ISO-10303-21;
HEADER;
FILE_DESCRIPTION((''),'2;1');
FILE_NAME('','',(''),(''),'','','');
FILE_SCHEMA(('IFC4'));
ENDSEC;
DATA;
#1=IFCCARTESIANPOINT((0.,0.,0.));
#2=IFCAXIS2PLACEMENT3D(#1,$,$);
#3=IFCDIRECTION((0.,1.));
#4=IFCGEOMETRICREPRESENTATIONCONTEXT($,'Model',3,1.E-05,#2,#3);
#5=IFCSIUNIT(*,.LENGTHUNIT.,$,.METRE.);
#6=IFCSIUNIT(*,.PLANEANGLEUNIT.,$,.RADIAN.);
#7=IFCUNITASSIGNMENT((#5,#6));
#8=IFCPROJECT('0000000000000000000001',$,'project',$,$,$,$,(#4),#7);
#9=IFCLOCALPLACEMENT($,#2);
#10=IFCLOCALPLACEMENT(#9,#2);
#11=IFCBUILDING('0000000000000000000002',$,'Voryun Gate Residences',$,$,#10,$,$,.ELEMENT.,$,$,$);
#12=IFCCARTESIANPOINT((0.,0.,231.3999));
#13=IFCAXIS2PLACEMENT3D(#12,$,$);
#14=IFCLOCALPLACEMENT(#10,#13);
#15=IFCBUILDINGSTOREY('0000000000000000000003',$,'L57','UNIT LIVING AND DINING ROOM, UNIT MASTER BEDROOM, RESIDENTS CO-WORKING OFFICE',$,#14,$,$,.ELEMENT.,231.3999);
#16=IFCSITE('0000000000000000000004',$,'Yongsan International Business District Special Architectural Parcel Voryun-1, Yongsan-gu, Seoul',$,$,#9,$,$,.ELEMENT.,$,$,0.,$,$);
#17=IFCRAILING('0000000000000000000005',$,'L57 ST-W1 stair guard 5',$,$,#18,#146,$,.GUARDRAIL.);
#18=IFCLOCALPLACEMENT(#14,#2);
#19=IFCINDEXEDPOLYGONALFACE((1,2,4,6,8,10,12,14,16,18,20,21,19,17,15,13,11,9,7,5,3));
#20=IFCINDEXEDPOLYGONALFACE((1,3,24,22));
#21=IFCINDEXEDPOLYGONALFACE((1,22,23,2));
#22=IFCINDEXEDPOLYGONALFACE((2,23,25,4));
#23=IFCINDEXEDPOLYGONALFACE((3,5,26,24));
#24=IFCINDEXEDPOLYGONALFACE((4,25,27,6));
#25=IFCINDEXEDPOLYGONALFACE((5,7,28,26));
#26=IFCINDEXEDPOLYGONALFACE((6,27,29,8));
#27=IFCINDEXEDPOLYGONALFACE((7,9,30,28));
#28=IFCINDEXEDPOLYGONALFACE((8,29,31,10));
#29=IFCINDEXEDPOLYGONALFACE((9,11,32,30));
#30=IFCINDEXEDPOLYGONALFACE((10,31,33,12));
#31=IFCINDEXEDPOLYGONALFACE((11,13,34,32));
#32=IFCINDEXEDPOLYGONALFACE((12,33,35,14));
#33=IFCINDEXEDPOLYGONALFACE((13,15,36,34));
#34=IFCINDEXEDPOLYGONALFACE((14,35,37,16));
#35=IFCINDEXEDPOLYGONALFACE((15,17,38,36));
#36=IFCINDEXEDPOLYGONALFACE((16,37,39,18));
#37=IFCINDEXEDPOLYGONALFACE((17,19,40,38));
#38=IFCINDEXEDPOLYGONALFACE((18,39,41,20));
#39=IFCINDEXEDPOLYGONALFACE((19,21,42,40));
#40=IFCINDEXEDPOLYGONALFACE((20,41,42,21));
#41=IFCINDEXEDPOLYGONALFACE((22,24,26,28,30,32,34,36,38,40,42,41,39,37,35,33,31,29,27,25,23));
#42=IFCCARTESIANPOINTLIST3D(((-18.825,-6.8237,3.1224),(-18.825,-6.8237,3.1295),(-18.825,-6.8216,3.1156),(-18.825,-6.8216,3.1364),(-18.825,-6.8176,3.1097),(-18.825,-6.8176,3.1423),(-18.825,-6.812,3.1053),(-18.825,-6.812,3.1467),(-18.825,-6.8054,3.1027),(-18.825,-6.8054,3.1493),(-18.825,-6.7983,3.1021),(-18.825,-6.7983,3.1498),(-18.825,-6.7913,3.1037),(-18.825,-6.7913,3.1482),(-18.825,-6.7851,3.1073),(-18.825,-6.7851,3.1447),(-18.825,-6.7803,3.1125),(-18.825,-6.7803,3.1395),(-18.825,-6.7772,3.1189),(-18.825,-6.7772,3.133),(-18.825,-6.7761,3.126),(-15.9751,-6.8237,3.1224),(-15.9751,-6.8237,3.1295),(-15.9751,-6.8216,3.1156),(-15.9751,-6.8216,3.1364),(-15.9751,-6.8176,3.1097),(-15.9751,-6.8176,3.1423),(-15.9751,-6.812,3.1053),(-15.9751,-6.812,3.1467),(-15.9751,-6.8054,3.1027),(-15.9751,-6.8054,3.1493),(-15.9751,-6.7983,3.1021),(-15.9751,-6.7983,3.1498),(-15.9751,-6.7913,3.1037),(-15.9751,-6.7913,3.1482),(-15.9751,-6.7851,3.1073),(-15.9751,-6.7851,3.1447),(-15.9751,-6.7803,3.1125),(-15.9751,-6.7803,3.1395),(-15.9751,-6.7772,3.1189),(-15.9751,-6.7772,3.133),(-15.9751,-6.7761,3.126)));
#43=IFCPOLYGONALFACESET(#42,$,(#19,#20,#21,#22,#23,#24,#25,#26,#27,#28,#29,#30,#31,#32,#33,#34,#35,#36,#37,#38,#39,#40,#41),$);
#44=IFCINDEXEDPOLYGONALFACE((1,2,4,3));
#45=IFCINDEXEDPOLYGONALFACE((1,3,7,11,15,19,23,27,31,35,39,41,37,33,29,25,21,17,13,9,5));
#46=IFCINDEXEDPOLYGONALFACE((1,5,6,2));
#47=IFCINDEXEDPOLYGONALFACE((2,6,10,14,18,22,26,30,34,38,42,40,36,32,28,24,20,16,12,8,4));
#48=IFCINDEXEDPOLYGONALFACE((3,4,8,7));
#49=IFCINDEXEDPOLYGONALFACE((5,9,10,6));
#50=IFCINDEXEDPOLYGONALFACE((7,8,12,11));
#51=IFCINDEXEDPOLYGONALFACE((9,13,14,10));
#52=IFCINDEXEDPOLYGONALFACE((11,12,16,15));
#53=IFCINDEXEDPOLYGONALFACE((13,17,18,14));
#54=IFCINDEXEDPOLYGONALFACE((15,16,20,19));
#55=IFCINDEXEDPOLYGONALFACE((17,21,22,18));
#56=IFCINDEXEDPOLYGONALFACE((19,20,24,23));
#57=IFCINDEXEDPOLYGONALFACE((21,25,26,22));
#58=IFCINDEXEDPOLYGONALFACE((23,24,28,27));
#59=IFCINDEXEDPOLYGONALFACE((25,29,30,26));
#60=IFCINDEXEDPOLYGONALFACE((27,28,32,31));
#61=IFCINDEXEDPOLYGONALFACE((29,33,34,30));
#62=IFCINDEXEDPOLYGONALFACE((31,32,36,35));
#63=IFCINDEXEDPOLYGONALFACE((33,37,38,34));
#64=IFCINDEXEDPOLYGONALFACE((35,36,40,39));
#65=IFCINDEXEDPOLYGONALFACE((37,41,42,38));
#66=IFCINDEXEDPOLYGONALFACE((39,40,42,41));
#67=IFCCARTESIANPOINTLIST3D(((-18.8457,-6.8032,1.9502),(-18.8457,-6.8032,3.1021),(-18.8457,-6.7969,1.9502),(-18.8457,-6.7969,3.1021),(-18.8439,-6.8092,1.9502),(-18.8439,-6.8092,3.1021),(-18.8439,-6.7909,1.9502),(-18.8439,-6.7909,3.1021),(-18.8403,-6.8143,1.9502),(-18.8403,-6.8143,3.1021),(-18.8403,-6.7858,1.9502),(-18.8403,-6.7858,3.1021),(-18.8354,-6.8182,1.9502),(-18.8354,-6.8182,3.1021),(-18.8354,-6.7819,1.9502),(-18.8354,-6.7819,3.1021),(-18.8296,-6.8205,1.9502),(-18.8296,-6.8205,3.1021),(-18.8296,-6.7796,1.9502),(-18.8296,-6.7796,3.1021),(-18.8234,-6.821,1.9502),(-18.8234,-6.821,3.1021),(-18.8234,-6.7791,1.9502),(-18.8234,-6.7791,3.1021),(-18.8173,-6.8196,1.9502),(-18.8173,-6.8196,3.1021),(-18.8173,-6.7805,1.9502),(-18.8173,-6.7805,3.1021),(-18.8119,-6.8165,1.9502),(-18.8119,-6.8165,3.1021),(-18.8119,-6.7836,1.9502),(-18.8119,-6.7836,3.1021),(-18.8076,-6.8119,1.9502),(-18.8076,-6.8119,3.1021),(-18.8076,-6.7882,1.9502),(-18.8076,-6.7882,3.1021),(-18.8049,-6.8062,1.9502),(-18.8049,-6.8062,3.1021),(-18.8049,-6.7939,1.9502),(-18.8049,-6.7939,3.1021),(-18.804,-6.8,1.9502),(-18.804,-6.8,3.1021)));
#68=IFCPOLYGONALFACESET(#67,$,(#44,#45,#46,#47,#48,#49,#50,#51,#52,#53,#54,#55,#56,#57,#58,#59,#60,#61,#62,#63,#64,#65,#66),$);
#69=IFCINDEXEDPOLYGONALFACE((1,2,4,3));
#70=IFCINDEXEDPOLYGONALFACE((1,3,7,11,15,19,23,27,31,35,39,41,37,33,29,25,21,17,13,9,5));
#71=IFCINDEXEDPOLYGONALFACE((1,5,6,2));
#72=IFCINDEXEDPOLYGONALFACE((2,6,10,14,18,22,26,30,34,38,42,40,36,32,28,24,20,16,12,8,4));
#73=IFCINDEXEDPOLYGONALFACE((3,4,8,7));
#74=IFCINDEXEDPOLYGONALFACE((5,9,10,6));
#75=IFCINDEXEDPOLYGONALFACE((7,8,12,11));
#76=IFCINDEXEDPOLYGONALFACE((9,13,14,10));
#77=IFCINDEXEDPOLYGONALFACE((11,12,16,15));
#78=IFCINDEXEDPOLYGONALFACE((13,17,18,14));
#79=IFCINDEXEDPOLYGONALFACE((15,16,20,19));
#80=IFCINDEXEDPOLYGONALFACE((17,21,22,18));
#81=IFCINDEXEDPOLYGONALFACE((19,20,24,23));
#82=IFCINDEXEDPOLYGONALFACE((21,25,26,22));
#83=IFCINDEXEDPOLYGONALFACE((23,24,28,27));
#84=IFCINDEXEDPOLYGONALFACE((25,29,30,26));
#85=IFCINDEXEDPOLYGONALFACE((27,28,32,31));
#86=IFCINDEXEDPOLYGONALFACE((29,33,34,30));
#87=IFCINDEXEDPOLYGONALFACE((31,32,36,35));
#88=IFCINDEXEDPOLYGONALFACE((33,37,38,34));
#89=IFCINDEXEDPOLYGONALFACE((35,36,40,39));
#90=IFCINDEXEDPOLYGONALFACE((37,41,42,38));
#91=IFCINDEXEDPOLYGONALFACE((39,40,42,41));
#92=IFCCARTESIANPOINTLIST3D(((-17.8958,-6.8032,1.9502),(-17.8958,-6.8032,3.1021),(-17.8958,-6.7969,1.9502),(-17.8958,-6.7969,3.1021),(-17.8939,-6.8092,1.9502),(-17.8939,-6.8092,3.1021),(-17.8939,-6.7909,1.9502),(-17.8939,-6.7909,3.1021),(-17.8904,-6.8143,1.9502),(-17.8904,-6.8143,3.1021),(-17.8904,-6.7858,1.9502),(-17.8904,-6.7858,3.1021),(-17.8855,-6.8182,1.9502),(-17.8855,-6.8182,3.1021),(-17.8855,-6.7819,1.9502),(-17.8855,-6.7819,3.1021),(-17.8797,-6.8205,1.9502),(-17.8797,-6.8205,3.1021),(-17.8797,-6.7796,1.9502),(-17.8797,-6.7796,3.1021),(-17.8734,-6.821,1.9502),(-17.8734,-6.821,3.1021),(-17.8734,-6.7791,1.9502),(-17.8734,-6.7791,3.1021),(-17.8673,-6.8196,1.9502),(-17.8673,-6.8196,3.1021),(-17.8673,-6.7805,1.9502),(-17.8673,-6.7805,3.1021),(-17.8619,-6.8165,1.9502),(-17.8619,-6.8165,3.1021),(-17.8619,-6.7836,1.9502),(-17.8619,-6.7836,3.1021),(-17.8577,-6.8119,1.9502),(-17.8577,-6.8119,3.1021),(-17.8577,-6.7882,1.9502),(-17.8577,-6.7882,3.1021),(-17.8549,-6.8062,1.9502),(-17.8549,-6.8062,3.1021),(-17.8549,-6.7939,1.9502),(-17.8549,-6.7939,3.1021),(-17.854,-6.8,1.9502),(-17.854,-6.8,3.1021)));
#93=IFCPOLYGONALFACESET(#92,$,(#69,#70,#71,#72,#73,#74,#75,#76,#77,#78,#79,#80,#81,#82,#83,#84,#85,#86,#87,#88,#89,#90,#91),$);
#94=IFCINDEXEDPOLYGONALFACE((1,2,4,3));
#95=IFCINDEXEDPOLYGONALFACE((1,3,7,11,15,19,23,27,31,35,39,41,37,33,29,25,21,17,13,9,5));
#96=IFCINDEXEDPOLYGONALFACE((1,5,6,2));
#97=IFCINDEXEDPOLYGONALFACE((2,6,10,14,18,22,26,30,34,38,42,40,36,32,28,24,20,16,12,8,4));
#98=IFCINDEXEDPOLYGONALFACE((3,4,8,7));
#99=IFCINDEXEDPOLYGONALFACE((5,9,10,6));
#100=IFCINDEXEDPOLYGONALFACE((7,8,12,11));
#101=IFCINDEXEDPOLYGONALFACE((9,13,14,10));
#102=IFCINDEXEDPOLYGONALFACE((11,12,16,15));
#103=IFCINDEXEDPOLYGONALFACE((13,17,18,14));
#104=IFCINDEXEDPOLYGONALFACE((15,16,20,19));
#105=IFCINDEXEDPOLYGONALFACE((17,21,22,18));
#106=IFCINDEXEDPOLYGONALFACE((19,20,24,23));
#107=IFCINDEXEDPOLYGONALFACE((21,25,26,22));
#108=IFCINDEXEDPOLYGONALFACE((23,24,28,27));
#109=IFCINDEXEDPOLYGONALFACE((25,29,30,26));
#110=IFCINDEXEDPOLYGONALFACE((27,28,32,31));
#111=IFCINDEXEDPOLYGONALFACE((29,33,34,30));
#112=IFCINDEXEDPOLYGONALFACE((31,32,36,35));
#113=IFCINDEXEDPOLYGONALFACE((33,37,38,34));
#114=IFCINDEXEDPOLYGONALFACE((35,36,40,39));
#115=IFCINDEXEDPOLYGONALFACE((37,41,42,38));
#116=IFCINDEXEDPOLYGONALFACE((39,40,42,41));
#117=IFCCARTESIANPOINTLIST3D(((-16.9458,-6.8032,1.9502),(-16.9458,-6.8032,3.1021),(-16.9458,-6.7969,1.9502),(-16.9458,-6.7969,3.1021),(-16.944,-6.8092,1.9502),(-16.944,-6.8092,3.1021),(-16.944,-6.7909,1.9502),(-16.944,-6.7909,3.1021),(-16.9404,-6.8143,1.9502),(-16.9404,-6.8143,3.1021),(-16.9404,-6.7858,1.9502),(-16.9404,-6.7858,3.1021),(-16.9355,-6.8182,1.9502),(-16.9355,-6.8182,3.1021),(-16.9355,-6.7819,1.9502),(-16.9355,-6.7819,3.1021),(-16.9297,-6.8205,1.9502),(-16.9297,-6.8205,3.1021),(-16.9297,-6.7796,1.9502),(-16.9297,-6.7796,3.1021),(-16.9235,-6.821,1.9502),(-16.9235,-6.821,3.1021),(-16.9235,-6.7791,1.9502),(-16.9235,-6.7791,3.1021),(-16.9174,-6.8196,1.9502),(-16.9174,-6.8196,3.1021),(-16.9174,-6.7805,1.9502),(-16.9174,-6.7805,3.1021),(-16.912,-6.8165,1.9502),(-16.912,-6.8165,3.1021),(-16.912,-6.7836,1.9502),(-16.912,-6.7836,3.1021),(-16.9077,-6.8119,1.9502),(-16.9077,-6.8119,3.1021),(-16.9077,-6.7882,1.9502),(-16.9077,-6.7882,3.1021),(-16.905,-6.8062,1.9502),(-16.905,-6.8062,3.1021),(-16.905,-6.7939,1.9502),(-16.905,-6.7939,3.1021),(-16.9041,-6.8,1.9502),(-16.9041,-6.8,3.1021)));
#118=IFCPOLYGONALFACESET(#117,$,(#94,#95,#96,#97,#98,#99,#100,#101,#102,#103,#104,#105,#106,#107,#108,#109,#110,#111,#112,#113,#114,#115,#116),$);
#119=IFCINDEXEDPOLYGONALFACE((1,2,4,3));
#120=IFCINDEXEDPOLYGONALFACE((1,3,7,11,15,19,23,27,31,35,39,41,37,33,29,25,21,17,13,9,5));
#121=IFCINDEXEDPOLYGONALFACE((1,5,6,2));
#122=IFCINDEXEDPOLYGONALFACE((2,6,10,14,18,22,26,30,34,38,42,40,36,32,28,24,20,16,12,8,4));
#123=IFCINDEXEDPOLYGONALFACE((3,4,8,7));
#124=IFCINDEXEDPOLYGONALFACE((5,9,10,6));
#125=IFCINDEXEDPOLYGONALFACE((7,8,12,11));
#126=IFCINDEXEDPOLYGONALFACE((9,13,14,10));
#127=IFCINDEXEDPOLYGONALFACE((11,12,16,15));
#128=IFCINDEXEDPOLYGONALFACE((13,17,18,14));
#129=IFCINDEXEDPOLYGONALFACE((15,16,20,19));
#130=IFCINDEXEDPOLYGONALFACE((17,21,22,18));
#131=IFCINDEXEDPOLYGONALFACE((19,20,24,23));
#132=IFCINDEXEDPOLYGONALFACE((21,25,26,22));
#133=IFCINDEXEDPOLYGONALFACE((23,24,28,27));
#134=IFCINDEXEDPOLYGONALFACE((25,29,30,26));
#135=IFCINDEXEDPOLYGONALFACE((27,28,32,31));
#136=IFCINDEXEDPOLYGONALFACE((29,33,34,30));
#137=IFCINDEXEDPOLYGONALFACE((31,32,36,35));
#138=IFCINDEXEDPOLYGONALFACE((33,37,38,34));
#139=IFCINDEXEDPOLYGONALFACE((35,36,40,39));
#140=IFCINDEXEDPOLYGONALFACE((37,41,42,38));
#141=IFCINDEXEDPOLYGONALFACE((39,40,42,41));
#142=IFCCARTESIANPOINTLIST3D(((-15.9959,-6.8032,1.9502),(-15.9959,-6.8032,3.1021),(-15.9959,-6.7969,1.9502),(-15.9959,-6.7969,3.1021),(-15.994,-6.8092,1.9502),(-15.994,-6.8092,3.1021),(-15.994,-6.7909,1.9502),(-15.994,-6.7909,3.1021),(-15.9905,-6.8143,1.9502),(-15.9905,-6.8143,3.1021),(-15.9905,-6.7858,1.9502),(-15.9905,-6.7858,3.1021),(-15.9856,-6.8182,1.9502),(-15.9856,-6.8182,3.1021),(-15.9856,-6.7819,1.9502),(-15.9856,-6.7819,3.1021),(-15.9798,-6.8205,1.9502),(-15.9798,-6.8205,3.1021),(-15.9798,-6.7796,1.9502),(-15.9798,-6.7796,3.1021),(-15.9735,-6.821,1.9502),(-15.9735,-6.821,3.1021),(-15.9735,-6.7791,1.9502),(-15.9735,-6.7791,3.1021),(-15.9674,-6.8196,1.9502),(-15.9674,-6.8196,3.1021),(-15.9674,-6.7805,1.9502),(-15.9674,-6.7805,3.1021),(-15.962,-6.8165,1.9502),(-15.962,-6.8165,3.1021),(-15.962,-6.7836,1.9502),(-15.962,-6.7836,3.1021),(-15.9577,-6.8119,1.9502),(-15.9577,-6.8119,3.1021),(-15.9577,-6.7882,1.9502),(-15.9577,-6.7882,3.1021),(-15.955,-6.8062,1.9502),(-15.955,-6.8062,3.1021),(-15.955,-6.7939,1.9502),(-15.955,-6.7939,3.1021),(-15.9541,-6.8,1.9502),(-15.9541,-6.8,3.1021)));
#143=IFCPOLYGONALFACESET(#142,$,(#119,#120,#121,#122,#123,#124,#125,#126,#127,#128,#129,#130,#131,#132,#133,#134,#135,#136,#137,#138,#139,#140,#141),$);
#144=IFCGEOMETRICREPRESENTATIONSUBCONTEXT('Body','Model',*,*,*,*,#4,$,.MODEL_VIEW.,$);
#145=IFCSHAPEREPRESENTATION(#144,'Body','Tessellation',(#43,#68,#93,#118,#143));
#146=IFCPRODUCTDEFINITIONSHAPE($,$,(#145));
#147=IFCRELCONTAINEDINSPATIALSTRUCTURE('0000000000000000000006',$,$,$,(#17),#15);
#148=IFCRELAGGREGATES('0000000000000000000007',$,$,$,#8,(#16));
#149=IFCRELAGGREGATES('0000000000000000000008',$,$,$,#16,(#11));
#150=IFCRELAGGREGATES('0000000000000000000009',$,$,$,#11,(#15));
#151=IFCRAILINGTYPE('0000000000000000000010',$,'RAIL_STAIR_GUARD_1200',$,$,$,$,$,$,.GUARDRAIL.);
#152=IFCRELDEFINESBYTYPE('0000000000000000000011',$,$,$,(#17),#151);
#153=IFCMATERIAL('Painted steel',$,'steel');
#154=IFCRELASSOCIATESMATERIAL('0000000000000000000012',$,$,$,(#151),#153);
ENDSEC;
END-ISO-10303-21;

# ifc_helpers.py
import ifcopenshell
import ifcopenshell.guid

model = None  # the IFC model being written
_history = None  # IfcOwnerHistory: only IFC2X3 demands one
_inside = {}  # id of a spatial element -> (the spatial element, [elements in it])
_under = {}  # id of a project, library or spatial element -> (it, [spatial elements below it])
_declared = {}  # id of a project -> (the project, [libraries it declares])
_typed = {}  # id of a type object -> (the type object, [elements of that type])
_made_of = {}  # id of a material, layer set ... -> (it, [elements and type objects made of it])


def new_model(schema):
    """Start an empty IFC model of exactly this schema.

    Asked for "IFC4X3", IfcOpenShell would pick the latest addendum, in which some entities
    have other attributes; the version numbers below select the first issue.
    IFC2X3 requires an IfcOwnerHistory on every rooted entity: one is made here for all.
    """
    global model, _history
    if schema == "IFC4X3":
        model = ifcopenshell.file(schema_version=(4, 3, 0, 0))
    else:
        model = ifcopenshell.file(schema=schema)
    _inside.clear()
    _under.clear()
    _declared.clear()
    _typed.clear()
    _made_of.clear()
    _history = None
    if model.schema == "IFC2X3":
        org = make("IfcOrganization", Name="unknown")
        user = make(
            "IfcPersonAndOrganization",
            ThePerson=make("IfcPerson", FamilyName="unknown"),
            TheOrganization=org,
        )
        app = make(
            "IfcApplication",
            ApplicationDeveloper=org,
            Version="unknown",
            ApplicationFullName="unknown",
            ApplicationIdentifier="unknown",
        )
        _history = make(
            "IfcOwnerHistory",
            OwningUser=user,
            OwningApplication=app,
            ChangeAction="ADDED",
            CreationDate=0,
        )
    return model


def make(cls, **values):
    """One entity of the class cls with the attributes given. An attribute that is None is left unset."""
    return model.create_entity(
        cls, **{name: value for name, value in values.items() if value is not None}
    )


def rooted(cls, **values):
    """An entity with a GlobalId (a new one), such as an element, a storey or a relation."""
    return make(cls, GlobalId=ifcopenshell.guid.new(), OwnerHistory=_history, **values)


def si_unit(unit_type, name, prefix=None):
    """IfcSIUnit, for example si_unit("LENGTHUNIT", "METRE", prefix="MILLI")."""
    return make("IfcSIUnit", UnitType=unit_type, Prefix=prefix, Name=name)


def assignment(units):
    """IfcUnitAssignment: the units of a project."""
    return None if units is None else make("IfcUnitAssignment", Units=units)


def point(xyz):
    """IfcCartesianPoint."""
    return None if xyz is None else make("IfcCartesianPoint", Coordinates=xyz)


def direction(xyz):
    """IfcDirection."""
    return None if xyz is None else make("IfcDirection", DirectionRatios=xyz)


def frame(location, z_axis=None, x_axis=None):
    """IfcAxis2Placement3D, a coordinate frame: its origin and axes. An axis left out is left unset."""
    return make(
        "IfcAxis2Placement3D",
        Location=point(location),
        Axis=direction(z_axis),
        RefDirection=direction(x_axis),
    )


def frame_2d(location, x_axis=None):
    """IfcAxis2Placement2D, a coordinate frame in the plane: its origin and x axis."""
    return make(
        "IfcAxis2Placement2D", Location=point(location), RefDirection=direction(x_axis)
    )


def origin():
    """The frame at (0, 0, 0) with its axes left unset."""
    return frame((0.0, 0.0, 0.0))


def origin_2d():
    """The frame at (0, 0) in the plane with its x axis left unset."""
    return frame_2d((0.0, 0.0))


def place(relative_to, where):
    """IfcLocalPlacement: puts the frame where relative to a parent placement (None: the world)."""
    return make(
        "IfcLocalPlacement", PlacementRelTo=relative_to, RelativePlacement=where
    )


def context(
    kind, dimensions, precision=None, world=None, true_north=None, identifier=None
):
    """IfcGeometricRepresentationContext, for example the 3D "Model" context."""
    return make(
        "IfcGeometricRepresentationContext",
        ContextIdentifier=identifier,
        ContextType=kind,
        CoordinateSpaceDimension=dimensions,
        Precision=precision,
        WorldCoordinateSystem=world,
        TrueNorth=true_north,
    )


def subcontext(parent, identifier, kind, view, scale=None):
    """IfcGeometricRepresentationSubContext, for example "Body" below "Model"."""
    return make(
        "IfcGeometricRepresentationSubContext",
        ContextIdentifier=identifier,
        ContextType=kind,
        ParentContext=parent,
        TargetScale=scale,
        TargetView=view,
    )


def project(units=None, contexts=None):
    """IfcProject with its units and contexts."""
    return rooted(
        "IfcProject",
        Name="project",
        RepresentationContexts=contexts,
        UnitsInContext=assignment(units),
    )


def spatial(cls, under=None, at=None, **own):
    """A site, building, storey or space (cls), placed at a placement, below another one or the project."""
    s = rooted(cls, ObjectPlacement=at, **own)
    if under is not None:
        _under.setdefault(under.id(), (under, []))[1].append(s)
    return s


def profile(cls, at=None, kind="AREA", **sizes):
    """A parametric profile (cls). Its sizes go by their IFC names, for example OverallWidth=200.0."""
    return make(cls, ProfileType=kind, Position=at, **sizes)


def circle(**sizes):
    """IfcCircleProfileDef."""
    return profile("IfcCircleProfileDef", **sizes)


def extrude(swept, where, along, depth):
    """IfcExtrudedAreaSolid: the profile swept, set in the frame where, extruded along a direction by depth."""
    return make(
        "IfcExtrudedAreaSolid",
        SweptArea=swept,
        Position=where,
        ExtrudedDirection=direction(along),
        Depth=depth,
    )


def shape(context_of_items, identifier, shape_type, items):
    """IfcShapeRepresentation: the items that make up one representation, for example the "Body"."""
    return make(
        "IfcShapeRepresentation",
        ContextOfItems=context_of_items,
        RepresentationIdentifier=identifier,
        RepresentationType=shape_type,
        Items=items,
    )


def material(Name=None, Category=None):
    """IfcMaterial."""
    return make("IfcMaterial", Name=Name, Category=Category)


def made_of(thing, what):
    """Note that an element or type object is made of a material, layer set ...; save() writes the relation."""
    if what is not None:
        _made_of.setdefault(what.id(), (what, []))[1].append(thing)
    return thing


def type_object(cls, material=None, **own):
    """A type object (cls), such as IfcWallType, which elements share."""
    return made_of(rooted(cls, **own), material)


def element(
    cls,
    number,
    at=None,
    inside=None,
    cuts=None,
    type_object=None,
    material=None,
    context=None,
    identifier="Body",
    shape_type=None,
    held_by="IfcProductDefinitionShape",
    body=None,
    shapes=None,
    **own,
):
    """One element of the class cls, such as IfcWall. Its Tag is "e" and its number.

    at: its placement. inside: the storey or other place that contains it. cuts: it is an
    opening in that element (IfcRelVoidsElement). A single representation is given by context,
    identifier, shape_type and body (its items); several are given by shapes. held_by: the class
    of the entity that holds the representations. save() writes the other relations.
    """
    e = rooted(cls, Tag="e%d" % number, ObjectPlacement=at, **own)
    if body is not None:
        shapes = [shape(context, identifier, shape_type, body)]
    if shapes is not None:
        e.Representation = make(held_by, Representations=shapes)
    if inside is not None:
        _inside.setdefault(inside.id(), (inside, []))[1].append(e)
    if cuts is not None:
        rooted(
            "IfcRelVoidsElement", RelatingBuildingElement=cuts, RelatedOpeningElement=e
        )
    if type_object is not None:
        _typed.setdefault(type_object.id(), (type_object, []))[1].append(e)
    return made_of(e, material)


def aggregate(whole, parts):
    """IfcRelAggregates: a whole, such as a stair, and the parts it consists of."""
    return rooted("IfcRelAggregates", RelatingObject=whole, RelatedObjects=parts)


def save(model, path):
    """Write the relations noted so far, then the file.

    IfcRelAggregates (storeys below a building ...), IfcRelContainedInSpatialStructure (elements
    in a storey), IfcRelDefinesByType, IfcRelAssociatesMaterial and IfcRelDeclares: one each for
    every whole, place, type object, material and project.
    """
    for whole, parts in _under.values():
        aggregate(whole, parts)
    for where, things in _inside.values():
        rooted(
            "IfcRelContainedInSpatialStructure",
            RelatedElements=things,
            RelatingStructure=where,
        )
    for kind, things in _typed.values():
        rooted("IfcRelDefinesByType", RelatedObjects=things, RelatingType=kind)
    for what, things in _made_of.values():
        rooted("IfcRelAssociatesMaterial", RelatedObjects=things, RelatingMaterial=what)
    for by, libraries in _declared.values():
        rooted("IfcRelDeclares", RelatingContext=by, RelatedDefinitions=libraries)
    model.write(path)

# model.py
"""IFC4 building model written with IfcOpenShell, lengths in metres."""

from ifc_helpers import new_model, si_unit, direction, frame, origin, origin_2d, place, context, subcontext, project, spatial, circle, extrude, material, type_object, element, save


model = new_model("IFC4")

# Units and contexts
model_context = context("Model", 3, precision=1e-05, world=origin(), true_north=direction((0.0, 1.0)))
body_context = subcontext(model_context, "Body", "Model", "MODEL_VIEW")
ifc_project = project(units=[si_unit("LENGTHUNIT", "METRE"), si_unit("PLANEANGLEUNIT", "RADIAN")], contexts=[model_context])

# Site, building, storey
site_placement = place(None, origin())
site = spatial("IfcSite", under=ifc_project, at=site_placement, Name="Yongsan International Business District Special Architectural Parcel Voryun-1, Yongsan-gu, Seoul", CompositionType="ELEMENT", RefElevation=0.0)
building_placement = place(site_placement, origin())
building = spatial("IfcBuilding", under=site, at=building_placement, Name="Voryun Gate Residences", CompositionType="ELEMENT")
storey_placement = place(building_placement, frame((0.0, 0.0, 231.3999)))
storey = spatial("IfcBuildingStorey", under=building, at=storey_placement, Name="L57", Description="UNIT LIVING AND DINING ROOM, UNIT MASTER BEDROOM, RESIDENTS CO-WORKING OFFICE", CompositionType="ELEMENT", Elevation=231.3999)

# Railing
ifc_material_1 = material(Name="Painted steel", Category="steel")
railing_type_1 = type_object("IfcRailingType", Name="RAIL_STAIR_GUARD_1200", PredefinedType="GUARDRAIL", material=ifc_material_1)
railing_1_placement = place(storey_placement, frame((-18.825, -6.8, 1.9502)))
element("IfcRailing", 1, at=railing_1_placement, inside=storey, type_object=railing_type_1, Name="L57 ST-W1 stair guard 5", PredefinedType="GUARDRAIL", context=body_context, shape_type="SweptSolid", body=[
    extrude(circle(Radius=0.0239, at=origin_2d()), frame((0.0, 0.0, 1.1758), z_axis=(1.0, 0.0, 0.0), x_axis=(0.0, 1.0, 0.0)), (0.0, 0.0, 1.0), 2.8499),
    extrude(circle(Radius=0.021, at=origin_2d()), origin(), (0.0, 0.0, 1.0), 1.1519),
    extrude(circle(Radius=0.021, at=origin_2d()), frame((0.95, 0.0, 0.0)), (0.0, 0.0, 1.0), 1.1519),
    extrude(circle(Radius=0.021, at=origin_2d()), frame((1.8999, 0.0, 0.0)), (0.0, 0.0, 1.0), 1.1519),
    extrude(circle(Radius=0.021, at=origin_2d()), frame((2.8499, 0.0, 0.0)), (0.0, 0.0, 1.0), 1.1519),
])

save(model, "model.ifc")
